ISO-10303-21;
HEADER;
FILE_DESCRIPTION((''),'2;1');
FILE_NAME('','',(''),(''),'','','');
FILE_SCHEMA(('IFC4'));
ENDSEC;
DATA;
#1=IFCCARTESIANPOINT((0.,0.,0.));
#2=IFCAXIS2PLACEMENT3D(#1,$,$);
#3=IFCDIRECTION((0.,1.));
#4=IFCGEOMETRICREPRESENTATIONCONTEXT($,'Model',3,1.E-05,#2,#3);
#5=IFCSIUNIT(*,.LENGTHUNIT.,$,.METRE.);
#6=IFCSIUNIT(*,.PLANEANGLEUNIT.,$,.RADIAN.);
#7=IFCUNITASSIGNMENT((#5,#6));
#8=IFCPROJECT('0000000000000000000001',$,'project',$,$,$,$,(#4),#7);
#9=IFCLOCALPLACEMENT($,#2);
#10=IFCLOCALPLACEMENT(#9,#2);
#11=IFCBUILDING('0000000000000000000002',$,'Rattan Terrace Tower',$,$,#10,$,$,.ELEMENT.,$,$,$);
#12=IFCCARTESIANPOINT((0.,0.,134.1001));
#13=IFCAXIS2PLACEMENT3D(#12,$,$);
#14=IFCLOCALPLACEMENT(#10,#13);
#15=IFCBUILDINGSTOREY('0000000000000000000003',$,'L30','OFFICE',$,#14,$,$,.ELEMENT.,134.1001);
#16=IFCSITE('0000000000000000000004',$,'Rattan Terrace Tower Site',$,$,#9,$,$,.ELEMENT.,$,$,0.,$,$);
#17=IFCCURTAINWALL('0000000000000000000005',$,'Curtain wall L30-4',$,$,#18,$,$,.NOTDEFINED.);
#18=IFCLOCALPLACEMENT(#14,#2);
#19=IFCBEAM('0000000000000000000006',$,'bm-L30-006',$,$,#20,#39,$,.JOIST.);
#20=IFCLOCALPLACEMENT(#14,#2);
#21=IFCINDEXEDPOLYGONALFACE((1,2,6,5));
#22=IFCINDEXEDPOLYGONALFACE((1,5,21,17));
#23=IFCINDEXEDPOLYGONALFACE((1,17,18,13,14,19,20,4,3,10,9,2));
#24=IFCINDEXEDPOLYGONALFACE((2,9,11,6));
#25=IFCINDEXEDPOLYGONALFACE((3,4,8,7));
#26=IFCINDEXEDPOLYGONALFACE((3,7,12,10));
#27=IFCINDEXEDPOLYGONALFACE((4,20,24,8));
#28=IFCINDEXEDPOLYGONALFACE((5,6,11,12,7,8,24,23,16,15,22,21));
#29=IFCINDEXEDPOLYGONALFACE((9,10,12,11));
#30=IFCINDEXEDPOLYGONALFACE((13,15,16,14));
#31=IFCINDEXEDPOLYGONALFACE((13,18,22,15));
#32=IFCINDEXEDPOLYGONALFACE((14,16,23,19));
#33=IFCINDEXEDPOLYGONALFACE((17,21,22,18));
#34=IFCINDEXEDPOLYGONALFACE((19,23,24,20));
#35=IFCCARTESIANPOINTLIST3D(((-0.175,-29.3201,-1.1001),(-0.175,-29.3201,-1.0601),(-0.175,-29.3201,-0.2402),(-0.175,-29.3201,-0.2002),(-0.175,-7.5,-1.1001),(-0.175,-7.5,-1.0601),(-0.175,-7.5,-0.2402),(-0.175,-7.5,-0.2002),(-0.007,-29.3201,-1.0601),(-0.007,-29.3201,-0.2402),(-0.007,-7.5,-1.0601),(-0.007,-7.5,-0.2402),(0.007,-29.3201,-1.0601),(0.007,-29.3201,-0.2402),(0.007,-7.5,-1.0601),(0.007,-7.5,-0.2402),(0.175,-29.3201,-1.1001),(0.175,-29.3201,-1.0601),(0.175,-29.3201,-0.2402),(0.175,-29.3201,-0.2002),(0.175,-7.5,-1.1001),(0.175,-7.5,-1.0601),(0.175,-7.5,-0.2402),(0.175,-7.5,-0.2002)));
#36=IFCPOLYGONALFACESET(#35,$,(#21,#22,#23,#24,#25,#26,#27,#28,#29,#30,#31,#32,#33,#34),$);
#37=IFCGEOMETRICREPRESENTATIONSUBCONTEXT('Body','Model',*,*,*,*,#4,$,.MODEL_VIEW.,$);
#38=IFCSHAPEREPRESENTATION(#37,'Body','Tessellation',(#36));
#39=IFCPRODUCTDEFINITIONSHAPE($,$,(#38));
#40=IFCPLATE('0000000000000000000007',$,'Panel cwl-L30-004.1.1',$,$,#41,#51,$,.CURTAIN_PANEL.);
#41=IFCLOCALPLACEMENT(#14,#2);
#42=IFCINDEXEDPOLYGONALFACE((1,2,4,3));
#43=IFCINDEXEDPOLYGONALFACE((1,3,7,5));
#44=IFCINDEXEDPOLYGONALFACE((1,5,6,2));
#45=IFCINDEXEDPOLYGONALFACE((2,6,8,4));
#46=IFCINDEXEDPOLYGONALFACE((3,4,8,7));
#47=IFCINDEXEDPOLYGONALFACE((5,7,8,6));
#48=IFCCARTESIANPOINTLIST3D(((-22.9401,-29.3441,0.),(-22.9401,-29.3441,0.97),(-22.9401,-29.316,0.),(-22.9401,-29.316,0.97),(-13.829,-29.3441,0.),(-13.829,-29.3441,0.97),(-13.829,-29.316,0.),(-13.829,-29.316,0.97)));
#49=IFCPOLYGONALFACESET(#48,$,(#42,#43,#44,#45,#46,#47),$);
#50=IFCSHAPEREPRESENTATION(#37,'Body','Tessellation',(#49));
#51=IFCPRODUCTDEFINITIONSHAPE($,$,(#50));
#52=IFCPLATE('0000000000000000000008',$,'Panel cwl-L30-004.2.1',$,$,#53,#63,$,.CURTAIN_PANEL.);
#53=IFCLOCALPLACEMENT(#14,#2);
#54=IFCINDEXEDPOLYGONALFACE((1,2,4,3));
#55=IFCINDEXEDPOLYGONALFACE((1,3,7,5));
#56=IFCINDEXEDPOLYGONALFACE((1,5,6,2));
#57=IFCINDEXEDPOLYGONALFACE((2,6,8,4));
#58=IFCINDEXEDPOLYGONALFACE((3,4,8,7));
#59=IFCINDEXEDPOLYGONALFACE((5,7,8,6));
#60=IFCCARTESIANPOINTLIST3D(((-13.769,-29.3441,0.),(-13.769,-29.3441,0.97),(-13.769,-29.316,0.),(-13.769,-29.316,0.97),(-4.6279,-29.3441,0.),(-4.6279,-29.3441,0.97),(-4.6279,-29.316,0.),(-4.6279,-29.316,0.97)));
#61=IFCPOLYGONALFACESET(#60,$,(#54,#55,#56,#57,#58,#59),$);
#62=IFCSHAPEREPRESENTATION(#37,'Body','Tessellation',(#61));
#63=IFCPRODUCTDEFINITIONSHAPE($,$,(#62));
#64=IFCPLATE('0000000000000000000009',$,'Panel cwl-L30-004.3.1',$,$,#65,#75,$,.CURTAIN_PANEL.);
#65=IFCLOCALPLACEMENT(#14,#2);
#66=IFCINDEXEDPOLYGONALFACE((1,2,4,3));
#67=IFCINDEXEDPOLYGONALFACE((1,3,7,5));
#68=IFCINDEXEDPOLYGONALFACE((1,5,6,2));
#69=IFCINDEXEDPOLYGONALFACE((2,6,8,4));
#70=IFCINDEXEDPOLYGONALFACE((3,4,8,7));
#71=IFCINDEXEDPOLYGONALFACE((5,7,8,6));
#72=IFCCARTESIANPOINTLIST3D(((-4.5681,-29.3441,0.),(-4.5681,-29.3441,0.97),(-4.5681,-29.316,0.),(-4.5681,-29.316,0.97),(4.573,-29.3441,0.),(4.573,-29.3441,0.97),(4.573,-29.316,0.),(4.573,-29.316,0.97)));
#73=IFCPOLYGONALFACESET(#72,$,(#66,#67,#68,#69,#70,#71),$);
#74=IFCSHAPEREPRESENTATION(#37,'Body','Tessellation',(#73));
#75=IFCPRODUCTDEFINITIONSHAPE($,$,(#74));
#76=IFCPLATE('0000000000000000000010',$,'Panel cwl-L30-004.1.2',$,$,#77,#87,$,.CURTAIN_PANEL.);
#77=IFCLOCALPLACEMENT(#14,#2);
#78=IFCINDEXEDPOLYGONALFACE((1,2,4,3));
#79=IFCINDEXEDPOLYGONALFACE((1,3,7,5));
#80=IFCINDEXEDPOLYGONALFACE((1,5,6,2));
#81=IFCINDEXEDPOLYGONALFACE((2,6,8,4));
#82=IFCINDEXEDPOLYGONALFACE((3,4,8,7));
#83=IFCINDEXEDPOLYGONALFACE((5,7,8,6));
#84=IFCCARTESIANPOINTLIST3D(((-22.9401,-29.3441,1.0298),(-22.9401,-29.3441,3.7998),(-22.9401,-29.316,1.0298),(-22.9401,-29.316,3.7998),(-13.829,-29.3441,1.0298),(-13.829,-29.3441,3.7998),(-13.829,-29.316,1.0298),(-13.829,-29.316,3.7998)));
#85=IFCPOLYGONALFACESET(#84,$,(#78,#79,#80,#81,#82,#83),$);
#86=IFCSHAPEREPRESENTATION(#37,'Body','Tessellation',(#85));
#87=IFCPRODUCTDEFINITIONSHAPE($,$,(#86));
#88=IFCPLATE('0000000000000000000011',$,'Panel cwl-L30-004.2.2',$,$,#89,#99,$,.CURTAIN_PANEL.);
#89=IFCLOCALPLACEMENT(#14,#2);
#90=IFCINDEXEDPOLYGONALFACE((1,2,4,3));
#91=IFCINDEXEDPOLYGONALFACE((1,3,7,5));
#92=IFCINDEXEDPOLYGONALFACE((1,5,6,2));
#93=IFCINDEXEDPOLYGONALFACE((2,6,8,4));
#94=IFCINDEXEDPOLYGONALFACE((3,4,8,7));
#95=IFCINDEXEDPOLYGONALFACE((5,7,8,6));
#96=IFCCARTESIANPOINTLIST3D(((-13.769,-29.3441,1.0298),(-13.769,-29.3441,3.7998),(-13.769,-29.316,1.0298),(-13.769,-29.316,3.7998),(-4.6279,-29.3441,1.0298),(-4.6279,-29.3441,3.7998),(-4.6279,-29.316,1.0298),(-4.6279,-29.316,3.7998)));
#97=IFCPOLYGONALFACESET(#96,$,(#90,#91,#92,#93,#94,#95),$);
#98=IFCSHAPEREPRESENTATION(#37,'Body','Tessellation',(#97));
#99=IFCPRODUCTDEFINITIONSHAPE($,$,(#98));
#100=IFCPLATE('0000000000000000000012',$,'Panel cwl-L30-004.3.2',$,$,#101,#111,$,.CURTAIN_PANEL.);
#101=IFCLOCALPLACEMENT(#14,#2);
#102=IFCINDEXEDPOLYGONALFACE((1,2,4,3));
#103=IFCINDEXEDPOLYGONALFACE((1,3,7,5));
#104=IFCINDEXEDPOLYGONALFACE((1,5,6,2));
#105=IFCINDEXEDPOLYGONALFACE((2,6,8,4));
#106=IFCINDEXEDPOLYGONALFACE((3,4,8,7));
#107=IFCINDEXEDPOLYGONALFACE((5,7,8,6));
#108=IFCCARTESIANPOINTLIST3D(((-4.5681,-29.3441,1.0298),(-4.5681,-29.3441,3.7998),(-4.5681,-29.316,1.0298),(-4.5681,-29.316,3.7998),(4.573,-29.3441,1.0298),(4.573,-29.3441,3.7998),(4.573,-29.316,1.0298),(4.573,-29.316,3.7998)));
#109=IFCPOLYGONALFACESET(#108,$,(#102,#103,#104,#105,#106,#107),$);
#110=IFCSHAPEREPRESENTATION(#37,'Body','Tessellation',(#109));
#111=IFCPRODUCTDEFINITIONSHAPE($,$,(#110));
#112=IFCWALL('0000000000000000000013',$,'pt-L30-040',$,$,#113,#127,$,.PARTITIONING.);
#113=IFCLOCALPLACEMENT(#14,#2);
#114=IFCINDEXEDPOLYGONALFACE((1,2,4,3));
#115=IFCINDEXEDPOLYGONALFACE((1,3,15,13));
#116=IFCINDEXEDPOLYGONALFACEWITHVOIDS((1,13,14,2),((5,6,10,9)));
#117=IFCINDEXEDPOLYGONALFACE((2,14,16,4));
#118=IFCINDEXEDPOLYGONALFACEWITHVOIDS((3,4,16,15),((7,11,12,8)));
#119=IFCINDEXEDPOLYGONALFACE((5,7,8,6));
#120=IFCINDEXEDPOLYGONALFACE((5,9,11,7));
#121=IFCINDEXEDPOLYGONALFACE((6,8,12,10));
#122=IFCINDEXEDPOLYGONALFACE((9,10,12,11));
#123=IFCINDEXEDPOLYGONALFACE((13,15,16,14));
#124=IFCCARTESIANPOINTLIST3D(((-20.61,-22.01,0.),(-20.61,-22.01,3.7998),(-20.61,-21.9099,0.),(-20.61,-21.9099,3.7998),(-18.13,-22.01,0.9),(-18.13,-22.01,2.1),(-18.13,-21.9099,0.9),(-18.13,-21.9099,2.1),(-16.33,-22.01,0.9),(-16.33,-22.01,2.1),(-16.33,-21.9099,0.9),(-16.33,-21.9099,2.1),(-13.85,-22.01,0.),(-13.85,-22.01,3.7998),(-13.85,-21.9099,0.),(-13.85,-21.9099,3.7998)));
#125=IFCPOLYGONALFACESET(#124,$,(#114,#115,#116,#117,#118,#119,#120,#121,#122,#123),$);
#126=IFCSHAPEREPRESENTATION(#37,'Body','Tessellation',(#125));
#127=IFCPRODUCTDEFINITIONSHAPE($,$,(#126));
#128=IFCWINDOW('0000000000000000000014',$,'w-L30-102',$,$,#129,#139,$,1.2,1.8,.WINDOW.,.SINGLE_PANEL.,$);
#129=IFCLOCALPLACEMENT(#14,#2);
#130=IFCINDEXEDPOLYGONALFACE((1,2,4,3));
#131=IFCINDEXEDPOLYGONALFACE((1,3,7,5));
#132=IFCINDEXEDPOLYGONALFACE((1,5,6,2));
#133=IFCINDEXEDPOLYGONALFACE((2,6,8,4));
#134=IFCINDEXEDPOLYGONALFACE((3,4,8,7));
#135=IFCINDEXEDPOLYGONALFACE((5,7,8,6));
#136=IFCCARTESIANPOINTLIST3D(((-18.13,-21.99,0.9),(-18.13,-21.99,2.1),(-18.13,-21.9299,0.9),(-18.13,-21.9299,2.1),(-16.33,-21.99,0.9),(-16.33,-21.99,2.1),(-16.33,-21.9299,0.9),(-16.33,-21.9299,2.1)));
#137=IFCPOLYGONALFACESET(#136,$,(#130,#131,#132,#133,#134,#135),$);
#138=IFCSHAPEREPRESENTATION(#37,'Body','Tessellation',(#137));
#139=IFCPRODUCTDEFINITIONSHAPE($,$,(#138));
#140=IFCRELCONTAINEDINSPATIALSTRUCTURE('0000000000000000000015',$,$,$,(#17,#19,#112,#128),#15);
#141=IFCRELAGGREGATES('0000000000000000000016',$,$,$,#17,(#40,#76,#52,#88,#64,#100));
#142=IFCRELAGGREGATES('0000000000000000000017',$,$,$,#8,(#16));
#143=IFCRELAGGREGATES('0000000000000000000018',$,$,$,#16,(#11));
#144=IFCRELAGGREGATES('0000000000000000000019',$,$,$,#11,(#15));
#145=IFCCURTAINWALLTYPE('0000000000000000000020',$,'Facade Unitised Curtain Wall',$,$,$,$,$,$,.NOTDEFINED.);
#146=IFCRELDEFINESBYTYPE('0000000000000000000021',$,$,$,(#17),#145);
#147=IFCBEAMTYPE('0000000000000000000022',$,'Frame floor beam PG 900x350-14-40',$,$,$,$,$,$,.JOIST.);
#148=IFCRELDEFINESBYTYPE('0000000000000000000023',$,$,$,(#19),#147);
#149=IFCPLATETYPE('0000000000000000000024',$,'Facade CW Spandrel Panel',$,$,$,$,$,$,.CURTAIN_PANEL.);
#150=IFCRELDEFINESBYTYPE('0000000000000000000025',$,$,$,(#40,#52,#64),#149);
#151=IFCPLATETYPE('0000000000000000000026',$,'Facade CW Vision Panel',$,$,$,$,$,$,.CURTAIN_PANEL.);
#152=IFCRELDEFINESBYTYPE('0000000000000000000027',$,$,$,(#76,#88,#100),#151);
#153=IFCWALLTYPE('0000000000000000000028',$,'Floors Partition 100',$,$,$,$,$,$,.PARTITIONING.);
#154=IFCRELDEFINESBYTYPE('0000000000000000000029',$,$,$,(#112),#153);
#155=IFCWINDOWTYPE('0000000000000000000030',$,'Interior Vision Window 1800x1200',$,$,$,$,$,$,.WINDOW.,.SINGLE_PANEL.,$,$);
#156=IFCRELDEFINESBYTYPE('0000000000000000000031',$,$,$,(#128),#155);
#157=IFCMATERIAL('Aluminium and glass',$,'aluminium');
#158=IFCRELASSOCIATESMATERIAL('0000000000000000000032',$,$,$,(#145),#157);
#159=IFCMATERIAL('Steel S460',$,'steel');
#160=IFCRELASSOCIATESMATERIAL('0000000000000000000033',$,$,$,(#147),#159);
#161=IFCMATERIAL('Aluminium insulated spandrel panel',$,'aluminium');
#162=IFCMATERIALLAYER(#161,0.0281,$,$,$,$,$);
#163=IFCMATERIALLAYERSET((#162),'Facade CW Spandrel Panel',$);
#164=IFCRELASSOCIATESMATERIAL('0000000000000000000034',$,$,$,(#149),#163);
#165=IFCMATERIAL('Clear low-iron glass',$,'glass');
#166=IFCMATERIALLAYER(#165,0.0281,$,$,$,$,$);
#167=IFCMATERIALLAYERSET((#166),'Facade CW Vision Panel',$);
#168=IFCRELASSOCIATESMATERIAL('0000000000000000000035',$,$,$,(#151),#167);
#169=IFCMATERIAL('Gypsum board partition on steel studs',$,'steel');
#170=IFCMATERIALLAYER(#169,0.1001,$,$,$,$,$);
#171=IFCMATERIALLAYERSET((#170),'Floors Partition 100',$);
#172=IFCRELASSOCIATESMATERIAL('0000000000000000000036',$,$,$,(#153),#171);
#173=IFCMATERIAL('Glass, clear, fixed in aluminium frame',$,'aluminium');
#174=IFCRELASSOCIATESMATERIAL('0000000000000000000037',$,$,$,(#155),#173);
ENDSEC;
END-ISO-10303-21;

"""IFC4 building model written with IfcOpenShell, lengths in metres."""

from ifc_helpers import new_model, si_unit, direction, frame, frame_2d, origin, origin_2d, place, context, subcontext, project, spatial, rectangle, i_section, extrude, material, layer, layer_set, material_profile, profile_set, type_object, element, fill, aggregate, save


model = new_model("IFC4")

# Units and contexts
model_context = context("Model", 3, precision=1e-05, world=origin(), true_north=direction((0.0, 1.0)))
body_context = subcontext(model_context, "Body", "Model", "MODEL_VIEW")
ifc_project = project(units=[si_unit("LENGTHUNIT", "METRE"), si_unit("PLANEANGLEUNIT", "RADIAN")], contexts=[model_context])

# Site, building, storey
site_placement = place(None, origin())
site = spatial("IfcSite", under=ifc_project, at=site_placement, Name="Rattan Terrace Tower Site", CompositionType="ELEMENT", RefElevation=0.0)
building_placement = place(site_placement, origin())
building = spatial("IfcBuilding", under=site, at=building_placement, Name="Rattan Terrace Tower", CompositionType="ELEMENT")
storey_placement = place(building_placement, frame((0.0, 0.0, 134.1001)))
storey = spatial("IfcBuildingStorey", under=building, at=storey_placement, Name="L30", Description="OFFICE", CompositionType="ELEMENT", Elevation=134.1001)

# Curtain wall
ifc_material_1 = material(Name="Aluminium and glass", Category="aluminium")
curtain_wall_type = type_object("IfcCurtainWallType", Name="Facade Unitised Curtain Wall", PredefinedType="NOTDEFINED", material=ifc_material_1)
curtain_wall_placement = place(storey_placement, origin())
curtain_wall = element("IfcCurtainWall", 1, at=curtain_wall_placement, inside=storey, type_object=curtain_wall_type, Name="Curtain wall L30-4", PredefinedType="NOTDEFINED")

# Beam
ifc_material_2 = material(Name="Steel S460", Category="steel")
ifc_material_profile_1 = material_profile(ifc_material_2, i_section(OverallWidth=0.3501, OverallDepth=0.8999, WebThickness=0.0139, FlangeThickness=0.04, at=origin_2d()), Name="PG 900x350-14-40")
ifc_profile_set_1 = profile_set([ifc_material_profile_1], Name="Steel S460")
beam_type_1 = type_object("IfcBeamType", Name="Frame floor beam PG 900x350-14-40", PredefinedType="JOIST", material=ifc_profile_set_1)
for number, where, z_axis, x_axis, name in (
    (2, (0.0, -29.3201, -0.6501), (0.0, 1.0, 0.0), (-1.0, 0.0, 0.0), "bm-L30-006"),
):
    element("IfcBeam", number, at=place(storey_placement, frame(where, z_axis=z_axis, x_axis=x_axis)), inside=storey, type_object=beam_type_1, Name=name, PredefinedType="JOIST", context=body_context, shape_type="SweptSolid", body=[
        extrude(i_section(OverallWidth=0.3501, OverallDepth=0.8999, WebThickness=0.0139, FlangeThickness=0.04, at=origin_2d()), origin(), (0.0, 0.0, 1.0), 21.8201),
    ])

# Plates
ifc_material_3 = material(Name="Aluminium insulated spandrel panel", Category="aluminium")
ifc_layer_1 = layer(ifc_material_3, 0.0281)
ifc_layer_set_1 = layer_set([ifc_layer_1], Name="Facade CW Spandrel Panel")
plate_type_1 = type_object("IfcPlateType", Name="Facade CW Spandrel Panel", PredefinedType="CURTAIN_PANEL", material=ifc_layer_set_1)
plate_1_placement = place(storey_placement, frame((-18.3845, -29.3301, 0.0), z_axis=(0.0, 0.0, 1.0), x_axis=(1.0, 0.0, 0.0)))
plate_1 = element("IfcPlate", 3, at=plate_1_placement, type_object=plate_type_1, Name="Panel cwl-L30-004.1.1", PredefinedType="CURTAIN_PANEL", context=body_context, shape_type="SweptSolid", body=[
    extrude(rectangle(XDim=9.1111, YDim=0.0281, at=origin_2d()), origin(), (0.0, 0.0, 1.0), 0.97),
])
plate_2_placement = place(storey_placement, frame((-9.1985, -29.3301, 0.0), z_axis=(0.0, 0.0, 1.0), x_axis=(1.0, 0.0, 0.0)))
plate_2 = element("IfcPlate", 4, at=plate_2_placement, type_object=plate_type_1, Name="Panel cwl-L30-004.2.1", PredefinedType="CURTAIN_PANEL", context=body_context, shape_type="SweptSolid", body=[
    extrude(rectangle(XDim=9.1411, YDim=0.0281, at=origin_2d()), origin(), (0.0, 0.0, 1.0), 0.97),
])
plate_3_placement = place(storey_placement, frame((0.0024, -29.3301, 0.0), z_axis=(0.0, 0.0, 1.0), x_axis=(1.0, 0.0, 0.0)))
plate_3 = element("IfcPlate", 5, at=plate_3_placement, type_object=plate_type_1, Name="Panel cwl-L30-004.3.1", PredefinedType="CURTAIN_PANEL", context=body_context, shape_type="SweptSolid", body=[
    extrude(rectangle(XDim=9.1411, YDim=0.0281, at=origin_2d()), origin(), (0.0, 0.0, 1.0), 0.97),
])
ifc_material_4 = material(Name="Clear low-iron glass", Category="glass")
ifc_layer_2 = layer(ifc_material_4, 0.0281)
ifc_layer_set_2 = layer_set([ifc_layer_2], Name="Facade CW Vision Panel")
plate_type_2 = type_object("IfcPlateType", Name="Facade CW Vision Panel", PredefinedType="CURTAIN_PANEL", material=ifc_layer_set_2)
plate_4_placement = place(storey_placement, frame((-18.3845, -29.3301, 1.0298), z_axis=(0.0, 0.0, 1.0), x_axis=(1.0, 0.0, 0.0)))
plate_4 = element("IfcPlate", 6, at=plate_4_placement, type_object=plate_type_2, Name="Panel cwl-L30-004.1.2", PredefinedType="CURTAIN_PANEL", context=body_context, shape_type="SweptSolid", body=[
    extrude(rectangle(XDim=9.1111, YDim=0.0281, at=origin_2d()), origin(), (0.0, 0.0, 1.0), 2.77),
])
plate_5_placement = place(storey_placement, frame((-9.1985, -29.3301, 1.0298), z_axis=(0.0, 0.0, 1.0), x_axis=(1.0, 0.0, 0.0)))
plate_5 = element("IfcPlate", 7, at=plate_5_placement, type_object=plate_type_2, Name="Panel cwl-L30-004.2.2", PredefinedType="CURTAIN_PANEL", context=body_context, shape_type="SweptSolid", body=[
    extrude(rectangle(XDim=9.1411, YDim=0.0281, at=origin_2d()), origin(), (0.0, 0.0, 1.0), 2.77),
])
plate_6_placement = place(storey_placement, frame((0.0024, -29.3301, 1.0298), z_axis=(0.0, 0.0, 1.0), x_axis=(1.0, 0.0, 0.0)))
plate_6 = element("IfcPlate", 8, at=plate_6_placement, type_object=plate_type_2, Name="Panel cwl-L30-004.3.2", PredefinedType="CURTAIN_PANEL", context=body_context, shape_type="SweptSolid", body=[
    extrude(rectangle(XDim=9.1411, YDim=0.0281, at=origin_2d()), origin(), (0.0, 0.0, 1.0), 2.77),
])
aggregate(curtain_wall, [plate_1, plate_4, plate_2, plate_5, plate_3, plate_6])

# Wall, opening, window
ifc_material_5 = material(Name="Gypsum board partition on steel studs", Category="steel")
ifc_layer_3 = layer(ifc_material_5, 0.1001)
ifc_layer_set_3 = layer_set([ifc_layer_3], Name="Floors Partition 100")
wall_type = type_object("IfcWallType", Name="Floors Partition 100", PredefinedType="PARTITIONING", material=ifc_layer_set_3)
wall_1_placement = place(storey_placement, frame((-13.8501, -21.96, 0.0), z_axis=(0.0, 0.0, 1.0), x_axis=(-1.0, 0.0, 0.0)))
wall_1 = element("IfcWall", 9, at=wall_1_placement, inside=storey, type_object=wall_type, Name="pt-L30-040", PredefinedType="PARTITIONING", context=body_context, shape_type="SweptSolid", body=[
    extrude(rectangle(XDim=6.76, YDim=0.1001, at=frame_2d((3.3799, 0.0))), origin(), (0.0, 0.0, 1.0), 3.7998),
])
opening_1_placement = place(wall_1_placement, frame((2.48, 0.0, 0.8999)))
opening_1 = element("IfcOpeningElement", 10, at=opening_1_placement, cuts=wall_1, PredefinedType="OPENING", context=body_context, shape_type="SweptSolid", body=[
    extrude(rectangle(XDim=1.8, YDim=1.2, at=frame_2d((0.8999, 0.6001))), frame((0.0, 0.0605, 0.0), z_axis=(0.0, -1.0, 0.0), x_axis=(1.0, 0.0, 0.0)), (0.0, 0.0, 1.0), 0.1211),
])
ifc_material_6 = material(Name="Glass, clear, fixed in aluminium frame", Category="aluminium")
window_type = type_object("IfcWindowType", Name="Interior Vision Window 1800x1200", PartitioningType="SINGLE_PANEL", PredefinedType="WINDOW", material=ifc_material_6)
window_1_placement = place(opening_1_placement, origin())
window_1 = element("IfcWindow", 11, at=window_1_placement, inside=storey, type_object=window_type, Name="w-L30-102", OverallHeight=1.2, OverallWidth=1.8, PartitioningType="SINGLE_PANEL", PredefinedType="WINDOW", context=body_context, shape_type="SweptSolid", body=[
    extrude(rectangle(XDim=1.8, YDim=1.2, at=frame_2d((0.8999, 0.6001))), frame((0.0, 0.03, 0.0), z_axis=(0.0, -1.0, 0.0), x_axis=(1.0, 0.0, 0.0)), (0.0, 0.0, 1.0), 0.0601),
])
fill(opening_1, window_1)

save(model, "model.ifc")
